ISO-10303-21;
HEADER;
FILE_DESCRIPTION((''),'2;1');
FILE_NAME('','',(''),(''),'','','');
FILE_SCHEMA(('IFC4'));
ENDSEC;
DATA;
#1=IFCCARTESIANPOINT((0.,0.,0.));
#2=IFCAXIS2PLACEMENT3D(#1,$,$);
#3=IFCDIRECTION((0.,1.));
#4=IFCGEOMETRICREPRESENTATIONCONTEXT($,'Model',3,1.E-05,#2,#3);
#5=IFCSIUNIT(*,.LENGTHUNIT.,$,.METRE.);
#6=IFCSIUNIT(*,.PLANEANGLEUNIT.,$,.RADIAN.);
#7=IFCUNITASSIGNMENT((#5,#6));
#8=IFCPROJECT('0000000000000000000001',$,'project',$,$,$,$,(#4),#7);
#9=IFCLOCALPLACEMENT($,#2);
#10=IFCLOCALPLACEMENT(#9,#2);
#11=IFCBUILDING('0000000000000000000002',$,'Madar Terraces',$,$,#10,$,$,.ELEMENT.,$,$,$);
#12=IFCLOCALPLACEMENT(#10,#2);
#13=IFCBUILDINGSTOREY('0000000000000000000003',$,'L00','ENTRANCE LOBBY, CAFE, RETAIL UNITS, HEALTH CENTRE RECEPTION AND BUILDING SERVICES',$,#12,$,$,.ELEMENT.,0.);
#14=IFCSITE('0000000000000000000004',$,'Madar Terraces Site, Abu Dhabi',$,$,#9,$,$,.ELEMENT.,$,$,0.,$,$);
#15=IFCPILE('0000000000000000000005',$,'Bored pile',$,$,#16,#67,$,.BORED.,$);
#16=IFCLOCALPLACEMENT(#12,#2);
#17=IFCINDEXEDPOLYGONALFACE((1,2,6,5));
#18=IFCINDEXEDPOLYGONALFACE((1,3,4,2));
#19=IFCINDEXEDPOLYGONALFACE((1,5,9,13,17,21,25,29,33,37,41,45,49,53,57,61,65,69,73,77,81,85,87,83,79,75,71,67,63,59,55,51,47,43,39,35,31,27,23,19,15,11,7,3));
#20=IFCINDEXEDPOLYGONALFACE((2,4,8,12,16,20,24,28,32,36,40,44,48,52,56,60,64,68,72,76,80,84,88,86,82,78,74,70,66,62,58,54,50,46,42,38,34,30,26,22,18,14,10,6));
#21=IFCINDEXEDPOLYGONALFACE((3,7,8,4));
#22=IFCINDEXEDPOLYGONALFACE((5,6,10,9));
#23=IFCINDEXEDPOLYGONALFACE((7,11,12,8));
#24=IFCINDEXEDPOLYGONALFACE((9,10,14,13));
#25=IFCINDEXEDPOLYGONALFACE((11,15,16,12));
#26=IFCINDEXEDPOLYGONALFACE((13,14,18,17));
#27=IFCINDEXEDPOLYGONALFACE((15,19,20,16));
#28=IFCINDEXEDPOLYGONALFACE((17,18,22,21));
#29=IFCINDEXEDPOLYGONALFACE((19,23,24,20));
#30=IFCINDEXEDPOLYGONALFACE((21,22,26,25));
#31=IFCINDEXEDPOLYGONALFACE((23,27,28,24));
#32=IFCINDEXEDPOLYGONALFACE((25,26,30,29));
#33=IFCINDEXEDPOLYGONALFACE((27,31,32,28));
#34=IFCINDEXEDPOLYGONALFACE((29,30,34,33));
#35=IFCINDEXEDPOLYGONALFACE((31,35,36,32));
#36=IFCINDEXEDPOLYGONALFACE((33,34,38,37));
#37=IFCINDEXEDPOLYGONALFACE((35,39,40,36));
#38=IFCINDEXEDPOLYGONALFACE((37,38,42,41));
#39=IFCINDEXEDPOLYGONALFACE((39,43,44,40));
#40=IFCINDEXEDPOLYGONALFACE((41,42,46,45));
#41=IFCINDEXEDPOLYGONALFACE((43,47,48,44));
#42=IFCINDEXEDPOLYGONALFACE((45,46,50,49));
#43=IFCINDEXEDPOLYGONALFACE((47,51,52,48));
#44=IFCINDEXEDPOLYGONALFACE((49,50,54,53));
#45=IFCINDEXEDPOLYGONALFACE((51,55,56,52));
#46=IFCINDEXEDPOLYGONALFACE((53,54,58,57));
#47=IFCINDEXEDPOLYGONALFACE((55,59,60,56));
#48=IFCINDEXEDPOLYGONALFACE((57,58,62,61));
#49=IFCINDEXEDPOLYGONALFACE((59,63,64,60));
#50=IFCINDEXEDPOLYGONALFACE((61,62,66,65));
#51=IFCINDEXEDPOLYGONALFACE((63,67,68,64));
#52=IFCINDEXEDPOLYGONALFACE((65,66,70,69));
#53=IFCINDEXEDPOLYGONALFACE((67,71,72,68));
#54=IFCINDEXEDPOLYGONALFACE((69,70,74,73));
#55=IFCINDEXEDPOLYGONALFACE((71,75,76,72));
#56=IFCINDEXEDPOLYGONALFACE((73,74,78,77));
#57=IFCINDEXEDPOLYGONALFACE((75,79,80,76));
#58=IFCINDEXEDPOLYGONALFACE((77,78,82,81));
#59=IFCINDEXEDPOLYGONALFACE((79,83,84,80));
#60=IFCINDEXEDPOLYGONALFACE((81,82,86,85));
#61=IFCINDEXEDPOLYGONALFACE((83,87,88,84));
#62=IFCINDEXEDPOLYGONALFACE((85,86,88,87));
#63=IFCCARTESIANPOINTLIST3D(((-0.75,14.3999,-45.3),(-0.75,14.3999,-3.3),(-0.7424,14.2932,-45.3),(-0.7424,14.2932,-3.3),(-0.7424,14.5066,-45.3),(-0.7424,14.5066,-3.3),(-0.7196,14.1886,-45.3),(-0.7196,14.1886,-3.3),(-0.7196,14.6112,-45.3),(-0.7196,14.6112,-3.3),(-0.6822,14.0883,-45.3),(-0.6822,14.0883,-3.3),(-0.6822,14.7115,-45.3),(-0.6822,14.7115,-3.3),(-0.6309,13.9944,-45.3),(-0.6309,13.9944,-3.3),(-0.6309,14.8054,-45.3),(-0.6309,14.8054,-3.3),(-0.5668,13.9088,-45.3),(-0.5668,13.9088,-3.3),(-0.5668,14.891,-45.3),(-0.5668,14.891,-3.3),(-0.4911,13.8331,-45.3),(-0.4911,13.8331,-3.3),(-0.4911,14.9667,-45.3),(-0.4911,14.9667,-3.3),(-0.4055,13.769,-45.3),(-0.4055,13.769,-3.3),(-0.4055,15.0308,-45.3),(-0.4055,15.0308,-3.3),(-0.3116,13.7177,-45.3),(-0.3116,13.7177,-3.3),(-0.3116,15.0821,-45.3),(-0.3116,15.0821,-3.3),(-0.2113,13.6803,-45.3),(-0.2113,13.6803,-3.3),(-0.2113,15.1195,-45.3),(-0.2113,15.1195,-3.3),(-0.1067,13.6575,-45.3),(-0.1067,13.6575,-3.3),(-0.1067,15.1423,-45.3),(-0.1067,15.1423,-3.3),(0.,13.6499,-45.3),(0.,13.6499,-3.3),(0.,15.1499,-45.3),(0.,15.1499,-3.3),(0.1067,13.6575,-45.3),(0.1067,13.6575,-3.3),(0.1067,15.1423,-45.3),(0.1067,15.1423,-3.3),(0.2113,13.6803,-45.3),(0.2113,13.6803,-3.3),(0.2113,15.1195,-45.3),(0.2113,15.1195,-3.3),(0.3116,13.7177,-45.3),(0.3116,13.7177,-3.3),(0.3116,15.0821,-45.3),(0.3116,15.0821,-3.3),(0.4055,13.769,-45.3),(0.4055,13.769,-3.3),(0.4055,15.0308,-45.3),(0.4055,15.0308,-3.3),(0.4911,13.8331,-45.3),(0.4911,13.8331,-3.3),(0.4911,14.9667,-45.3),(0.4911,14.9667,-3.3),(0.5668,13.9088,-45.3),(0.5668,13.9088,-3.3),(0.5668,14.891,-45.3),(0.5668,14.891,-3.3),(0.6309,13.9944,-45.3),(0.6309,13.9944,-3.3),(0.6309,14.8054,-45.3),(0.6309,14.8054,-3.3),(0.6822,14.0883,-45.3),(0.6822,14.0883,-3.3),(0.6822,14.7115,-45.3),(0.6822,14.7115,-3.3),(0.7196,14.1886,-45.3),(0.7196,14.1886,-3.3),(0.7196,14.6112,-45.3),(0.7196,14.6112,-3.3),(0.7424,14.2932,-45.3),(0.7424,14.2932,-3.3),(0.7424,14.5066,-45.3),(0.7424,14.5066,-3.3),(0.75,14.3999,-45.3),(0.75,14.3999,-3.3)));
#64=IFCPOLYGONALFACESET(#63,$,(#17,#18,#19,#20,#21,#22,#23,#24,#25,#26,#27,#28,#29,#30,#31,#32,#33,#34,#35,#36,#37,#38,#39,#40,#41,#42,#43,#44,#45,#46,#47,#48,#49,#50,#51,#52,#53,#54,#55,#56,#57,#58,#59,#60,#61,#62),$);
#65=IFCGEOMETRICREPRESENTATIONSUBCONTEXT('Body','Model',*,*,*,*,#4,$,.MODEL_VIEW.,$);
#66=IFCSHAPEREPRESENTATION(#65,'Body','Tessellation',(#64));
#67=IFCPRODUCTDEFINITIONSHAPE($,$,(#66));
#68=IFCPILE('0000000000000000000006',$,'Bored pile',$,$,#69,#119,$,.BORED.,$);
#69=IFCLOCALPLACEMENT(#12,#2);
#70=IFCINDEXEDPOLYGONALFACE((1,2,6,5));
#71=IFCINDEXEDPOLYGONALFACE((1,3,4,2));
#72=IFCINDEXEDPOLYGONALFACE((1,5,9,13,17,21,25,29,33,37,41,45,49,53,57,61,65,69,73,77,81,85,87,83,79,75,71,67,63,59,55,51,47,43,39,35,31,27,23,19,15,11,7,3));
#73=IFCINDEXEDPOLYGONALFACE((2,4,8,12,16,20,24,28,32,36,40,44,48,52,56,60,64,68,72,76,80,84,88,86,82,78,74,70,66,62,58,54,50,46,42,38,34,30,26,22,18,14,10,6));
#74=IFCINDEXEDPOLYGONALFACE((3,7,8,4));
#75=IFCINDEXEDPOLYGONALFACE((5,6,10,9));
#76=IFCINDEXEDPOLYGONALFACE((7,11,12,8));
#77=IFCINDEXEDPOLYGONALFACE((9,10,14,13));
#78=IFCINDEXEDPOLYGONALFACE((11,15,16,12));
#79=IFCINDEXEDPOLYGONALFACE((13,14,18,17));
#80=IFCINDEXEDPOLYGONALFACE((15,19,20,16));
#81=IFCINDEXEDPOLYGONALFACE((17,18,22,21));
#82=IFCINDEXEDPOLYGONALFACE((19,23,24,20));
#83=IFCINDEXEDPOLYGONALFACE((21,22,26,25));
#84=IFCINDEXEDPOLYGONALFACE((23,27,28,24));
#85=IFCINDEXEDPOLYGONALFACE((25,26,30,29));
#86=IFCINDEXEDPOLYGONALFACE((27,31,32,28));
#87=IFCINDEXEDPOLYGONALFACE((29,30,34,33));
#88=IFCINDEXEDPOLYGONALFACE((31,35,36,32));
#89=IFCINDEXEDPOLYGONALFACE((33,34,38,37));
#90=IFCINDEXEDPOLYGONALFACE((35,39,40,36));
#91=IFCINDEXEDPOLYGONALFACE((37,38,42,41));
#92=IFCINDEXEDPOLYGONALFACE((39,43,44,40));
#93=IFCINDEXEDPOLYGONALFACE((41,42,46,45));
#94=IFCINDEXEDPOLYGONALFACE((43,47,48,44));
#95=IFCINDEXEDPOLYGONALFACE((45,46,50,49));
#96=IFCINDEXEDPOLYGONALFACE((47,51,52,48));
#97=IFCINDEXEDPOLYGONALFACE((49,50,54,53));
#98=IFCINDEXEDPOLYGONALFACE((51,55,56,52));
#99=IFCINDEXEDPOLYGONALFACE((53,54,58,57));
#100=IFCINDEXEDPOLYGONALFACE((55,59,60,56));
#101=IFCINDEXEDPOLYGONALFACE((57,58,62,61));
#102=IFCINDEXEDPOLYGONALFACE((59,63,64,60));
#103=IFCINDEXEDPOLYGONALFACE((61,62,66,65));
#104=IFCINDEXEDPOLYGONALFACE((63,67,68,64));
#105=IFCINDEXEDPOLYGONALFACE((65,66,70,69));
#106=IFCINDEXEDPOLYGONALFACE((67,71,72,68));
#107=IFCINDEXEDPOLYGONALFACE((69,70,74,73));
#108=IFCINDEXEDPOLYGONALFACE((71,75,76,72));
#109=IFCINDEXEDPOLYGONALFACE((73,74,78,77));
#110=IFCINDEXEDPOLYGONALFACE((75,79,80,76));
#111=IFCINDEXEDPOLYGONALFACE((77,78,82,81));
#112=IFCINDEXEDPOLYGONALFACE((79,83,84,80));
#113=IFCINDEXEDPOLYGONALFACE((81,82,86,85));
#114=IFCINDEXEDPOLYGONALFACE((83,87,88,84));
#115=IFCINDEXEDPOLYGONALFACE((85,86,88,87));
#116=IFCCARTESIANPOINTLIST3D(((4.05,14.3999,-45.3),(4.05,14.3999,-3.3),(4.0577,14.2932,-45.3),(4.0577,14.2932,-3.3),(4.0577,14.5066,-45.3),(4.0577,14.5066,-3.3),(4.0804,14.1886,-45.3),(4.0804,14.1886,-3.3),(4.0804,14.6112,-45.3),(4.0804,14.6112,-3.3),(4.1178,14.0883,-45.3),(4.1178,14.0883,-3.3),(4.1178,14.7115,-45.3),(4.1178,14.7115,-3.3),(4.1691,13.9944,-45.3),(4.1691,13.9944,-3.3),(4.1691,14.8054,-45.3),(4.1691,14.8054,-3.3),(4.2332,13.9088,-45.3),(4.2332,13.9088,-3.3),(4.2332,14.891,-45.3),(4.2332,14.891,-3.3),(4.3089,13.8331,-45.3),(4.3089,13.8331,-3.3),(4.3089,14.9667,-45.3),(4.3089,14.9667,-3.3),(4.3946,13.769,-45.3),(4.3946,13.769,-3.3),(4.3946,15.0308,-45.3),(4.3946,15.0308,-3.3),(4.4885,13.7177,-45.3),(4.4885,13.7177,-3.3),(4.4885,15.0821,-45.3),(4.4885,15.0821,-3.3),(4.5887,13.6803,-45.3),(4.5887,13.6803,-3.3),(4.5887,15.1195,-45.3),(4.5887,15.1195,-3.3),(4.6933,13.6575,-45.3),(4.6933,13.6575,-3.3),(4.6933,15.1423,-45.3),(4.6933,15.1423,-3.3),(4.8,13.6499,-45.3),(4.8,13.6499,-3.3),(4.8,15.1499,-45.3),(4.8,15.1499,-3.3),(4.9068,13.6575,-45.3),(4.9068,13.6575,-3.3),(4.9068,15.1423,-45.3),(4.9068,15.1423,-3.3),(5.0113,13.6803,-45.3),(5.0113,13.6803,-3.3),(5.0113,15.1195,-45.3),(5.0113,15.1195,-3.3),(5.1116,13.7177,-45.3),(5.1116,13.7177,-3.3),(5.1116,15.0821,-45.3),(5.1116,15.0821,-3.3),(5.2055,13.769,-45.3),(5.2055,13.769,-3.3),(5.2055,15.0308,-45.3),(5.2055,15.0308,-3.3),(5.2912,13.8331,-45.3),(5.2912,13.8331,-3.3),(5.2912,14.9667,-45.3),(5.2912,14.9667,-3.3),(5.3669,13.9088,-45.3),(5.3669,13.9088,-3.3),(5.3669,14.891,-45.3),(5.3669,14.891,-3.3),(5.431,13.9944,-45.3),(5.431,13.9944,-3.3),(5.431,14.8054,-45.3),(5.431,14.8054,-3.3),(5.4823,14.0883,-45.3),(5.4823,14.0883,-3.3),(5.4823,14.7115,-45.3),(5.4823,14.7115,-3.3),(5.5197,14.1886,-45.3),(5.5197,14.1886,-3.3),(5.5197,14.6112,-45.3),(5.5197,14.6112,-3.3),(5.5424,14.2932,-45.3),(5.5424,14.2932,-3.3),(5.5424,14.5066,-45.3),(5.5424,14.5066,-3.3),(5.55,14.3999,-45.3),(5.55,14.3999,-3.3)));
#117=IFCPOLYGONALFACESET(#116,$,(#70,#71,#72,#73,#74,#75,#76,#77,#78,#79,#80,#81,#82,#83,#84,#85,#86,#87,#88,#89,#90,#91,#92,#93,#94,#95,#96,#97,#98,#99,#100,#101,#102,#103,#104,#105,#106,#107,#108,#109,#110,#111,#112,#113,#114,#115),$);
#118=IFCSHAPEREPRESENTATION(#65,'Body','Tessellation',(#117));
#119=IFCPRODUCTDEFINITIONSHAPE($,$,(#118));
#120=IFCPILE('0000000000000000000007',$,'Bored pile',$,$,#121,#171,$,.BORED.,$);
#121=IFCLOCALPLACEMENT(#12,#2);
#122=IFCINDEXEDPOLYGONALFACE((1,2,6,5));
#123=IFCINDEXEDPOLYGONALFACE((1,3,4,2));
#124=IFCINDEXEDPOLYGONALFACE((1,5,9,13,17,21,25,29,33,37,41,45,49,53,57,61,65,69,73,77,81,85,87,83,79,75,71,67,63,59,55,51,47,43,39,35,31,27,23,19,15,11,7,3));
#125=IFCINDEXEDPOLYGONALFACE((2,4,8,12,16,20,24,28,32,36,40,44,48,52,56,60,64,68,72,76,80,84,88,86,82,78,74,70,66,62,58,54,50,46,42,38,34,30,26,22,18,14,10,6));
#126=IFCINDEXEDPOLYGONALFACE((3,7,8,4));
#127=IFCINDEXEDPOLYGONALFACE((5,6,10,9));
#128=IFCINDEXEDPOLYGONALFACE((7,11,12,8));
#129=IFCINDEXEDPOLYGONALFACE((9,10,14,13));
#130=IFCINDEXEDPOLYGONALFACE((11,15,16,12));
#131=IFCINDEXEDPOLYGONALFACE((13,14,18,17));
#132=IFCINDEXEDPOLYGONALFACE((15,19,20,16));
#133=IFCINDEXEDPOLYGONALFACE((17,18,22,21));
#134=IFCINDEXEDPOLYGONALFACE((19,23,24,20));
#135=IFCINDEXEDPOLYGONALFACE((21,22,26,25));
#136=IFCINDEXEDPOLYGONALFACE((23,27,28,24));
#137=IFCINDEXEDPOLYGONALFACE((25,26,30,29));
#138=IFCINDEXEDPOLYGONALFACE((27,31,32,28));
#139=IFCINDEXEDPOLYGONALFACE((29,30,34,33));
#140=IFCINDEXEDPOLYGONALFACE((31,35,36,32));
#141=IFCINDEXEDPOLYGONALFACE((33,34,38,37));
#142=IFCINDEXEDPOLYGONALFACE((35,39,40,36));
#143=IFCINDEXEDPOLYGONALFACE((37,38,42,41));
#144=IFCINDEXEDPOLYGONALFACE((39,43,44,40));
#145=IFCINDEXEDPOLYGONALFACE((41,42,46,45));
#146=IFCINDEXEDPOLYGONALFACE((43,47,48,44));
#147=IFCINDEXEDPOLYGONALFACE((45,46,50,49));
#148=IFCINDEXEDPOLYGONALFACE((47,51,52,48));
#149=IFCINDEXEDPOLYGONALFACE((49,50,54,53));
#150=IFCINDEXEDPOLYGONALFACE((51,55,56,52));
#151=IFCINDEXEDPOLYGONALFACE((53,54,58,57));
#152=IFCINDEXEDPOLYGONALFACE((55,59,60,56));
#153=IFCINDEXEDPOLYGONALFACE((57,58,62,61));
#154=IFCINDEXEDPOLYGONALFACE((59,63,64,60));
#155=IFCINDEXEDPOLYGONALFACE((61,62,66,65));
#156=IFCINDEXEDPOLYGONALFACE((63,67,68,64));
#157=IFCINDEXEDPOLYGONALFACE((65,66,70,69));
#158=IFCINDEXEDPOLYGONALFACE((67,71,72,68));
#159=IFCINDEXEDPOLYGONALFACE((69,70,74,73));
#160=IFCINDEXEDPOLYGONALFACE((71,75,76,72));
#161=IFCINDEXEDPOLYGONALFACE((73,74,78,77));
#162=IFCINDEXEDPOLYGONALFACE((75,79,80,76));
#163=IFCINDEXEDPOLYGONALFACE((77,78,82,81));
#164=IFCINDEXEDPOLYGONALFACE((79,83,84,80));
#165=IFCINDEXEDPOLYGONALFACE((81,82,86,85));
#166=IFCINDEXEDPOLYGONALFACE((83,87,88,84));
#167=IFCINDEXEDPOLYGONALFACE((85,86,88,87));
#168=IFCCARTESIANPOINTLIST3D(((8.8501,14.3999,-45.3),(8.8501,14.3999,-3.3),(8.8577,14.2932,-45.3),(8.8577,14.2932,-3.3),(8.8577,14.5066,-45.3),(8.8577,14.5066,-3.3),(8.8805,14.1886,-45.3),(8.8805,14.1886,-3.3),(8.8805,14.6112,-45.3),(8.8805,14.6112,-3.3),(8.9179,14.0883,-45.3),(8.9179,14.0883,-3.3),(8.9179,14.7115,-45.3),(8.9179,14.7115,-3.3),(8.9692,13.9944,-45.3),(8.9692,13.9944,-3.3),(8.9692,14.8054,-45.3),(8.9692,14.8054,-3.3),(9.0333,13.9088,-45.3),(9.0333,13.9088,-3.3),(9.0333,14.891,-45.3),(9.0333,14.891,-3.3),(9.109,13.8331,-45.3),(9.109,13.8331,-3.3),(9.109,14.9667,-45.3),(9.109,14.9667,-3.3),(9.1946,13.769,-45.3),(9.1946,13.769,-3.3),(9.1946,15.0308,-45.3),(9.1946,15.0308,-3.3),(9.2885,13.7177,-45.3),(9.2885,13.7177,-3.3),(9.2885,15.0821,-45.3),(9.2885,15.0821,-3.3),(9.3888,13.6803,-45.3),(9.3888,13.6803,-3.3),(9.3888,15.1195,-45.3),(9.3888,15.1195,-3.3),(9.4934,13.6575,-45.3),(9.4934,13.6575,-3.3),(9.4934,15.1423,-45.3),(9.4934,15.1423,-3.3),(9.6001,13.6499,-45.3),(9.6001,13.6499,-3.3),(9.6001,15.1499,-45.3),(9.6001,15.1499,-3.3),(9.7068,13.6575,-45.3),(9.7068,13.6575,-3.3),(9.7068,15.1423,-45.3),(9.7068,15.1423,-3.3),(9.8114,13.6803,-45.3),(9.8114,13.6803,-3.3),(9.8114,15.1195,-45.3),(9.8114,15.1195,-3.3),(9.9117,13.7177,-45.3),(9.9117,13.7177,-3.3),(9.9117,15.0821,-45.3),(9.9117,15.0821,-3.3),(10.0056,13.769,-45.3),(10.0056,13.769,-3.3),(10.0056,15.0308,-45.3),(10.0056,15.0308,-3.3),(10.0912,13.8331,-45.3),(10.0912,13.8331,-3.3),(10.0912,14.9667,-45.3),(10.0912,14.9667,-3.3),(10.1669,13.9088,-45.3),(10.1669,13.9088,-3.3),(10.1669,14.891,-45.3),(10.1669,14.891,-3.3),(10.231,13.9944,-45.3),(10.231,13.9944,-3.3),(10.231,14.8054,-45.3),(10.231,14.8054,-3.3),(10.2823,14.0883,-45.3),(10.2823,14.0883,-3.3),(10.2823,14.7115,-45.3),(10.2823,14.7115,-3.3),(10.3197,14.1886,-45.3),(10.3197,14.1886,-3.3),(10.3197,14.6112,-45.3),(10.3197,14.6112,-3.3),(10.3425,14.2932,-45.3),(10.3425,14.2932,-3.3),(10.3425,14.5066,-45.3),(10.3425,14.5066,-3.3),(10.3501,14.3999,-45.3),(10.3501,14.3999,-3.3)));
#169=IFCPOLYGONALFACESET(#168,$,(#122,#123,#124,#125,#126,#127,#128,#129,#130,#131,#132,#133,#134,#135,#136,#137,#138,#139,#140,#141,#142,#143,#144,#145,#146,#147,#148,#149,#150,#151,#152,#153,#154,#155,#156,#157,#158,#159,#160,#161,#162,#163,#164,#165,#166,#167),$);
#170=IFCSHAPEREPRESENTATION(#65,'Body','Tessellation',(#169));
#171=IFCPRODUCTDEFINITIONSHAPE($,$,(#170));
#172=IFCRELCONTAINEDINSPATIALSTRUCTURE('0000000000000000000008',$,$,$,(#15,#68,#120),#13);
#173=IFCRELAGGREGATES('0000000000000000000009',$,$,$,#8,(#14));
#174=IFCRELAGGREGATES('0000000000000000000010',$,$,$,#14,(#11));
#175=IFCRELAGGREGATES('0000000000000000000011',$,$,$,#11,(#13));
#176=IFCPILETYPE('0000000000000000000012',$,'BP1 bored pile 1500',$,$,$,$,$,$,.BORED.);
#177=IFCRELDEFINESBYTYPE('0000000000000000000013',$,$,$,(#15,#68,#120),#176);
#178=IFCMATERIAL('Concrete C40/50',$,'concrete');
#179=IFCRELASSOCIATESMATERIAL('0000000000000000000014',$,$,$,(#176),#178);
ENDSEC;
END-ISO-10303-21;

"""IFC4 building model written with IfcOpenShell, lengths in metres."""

from ifc_helpers import new_model, si_unit, direction, frame, origin, origin_2d, place, context, subcontext, project, spatial, circle, extrude, material, material_profile, profile_set, type_object, element, save


model = new_model("IFC4")

# Units and contexts
model_context = context("Model", 3, precision=1e-05, world=origin(), true_north=direction((0.0, 1.0)))
body_context = subcontext(model_context, "Body", "Model", "MODEL_VIEW")
ifc_project = project(units=[si_unit("LENGTHUNIT", "METRE"), si_unit("PLANEANGLEUNIT", "RADIAN")], contexts=[model_context])

# Site, building, storey
site_placement = place(None, origin())
site = spatial("IfcSite", under=ifc_project, at=site_placement, Name="Madar Terraces Site, Abu Dhabi", CompositionType="ELEMENT", RefElevation=0.0)
building_placement = place(site_placement, origin())
building = spatial("IfcBuilding", under=site, at=building_placement, Name="Madar Terraces", CompositionType="ELEMENT")
storey_placement = place(building_placement, origin())
storey = spatial("IfcBuildingStorey", under=building, at=storey_placement, Name="L00", Description="ENTRANCE LOBBY, CAFE, RETAIL UNITS, HEALTH CENTRE RECEPTION AND BUILDING SERVICES", CompositionType="ELEMENT", Elevation=0.0)

# Piles
ifc_material_1 = material(Name="Concrete C40/50", Category="concrete")
ifc_material_profile_1 = material_profile(ifc_material_1, circle(Radius=0.75, at=origin_2d()), Name="BP1 bored pile 1500")
ifc_profile_set_1 = profile_set([ifc_material_profile_1], Name="Concrete C40/50")
pile_type = type_object("IfcPileType", Name="BP1 bored pile 1500", PredefinedType="BORED", material=ifc_profile_set_1)
for number, where, z_axis, x_axis, name in (
    (1, (0.0, 14.3999, -3.3), (0.0, 0.0, -1.0), (1.0, 0.0, 0.0), "Bored pile"),
    (2, (4.8, 14.3999, -3.3), (0.0, 0.0, -1.0), (1.0, 0.0, 0.0), "Bored pile"),
    (3, (9.6001, 14.3999, -3.3), (0.0, 0.0, -1.0), (1.0, 0.0, 0.0), "Bored pile"),
):
    element("IfcPile", number, at=place(storey_placement, frame(where, z_axis=z_axis, x_axis=x_axis)), inside=storey, type_object=pile_type, Name=name, PredefinedType="BORED", context=body_context, shape_type="SweptSolid", body=[
        extrude(circle(Radius=0.75, at=origin_2d()), origin(), (0.0, 0.0, 1.0), 42.0),
    ])

save(model, "model.ifc")
